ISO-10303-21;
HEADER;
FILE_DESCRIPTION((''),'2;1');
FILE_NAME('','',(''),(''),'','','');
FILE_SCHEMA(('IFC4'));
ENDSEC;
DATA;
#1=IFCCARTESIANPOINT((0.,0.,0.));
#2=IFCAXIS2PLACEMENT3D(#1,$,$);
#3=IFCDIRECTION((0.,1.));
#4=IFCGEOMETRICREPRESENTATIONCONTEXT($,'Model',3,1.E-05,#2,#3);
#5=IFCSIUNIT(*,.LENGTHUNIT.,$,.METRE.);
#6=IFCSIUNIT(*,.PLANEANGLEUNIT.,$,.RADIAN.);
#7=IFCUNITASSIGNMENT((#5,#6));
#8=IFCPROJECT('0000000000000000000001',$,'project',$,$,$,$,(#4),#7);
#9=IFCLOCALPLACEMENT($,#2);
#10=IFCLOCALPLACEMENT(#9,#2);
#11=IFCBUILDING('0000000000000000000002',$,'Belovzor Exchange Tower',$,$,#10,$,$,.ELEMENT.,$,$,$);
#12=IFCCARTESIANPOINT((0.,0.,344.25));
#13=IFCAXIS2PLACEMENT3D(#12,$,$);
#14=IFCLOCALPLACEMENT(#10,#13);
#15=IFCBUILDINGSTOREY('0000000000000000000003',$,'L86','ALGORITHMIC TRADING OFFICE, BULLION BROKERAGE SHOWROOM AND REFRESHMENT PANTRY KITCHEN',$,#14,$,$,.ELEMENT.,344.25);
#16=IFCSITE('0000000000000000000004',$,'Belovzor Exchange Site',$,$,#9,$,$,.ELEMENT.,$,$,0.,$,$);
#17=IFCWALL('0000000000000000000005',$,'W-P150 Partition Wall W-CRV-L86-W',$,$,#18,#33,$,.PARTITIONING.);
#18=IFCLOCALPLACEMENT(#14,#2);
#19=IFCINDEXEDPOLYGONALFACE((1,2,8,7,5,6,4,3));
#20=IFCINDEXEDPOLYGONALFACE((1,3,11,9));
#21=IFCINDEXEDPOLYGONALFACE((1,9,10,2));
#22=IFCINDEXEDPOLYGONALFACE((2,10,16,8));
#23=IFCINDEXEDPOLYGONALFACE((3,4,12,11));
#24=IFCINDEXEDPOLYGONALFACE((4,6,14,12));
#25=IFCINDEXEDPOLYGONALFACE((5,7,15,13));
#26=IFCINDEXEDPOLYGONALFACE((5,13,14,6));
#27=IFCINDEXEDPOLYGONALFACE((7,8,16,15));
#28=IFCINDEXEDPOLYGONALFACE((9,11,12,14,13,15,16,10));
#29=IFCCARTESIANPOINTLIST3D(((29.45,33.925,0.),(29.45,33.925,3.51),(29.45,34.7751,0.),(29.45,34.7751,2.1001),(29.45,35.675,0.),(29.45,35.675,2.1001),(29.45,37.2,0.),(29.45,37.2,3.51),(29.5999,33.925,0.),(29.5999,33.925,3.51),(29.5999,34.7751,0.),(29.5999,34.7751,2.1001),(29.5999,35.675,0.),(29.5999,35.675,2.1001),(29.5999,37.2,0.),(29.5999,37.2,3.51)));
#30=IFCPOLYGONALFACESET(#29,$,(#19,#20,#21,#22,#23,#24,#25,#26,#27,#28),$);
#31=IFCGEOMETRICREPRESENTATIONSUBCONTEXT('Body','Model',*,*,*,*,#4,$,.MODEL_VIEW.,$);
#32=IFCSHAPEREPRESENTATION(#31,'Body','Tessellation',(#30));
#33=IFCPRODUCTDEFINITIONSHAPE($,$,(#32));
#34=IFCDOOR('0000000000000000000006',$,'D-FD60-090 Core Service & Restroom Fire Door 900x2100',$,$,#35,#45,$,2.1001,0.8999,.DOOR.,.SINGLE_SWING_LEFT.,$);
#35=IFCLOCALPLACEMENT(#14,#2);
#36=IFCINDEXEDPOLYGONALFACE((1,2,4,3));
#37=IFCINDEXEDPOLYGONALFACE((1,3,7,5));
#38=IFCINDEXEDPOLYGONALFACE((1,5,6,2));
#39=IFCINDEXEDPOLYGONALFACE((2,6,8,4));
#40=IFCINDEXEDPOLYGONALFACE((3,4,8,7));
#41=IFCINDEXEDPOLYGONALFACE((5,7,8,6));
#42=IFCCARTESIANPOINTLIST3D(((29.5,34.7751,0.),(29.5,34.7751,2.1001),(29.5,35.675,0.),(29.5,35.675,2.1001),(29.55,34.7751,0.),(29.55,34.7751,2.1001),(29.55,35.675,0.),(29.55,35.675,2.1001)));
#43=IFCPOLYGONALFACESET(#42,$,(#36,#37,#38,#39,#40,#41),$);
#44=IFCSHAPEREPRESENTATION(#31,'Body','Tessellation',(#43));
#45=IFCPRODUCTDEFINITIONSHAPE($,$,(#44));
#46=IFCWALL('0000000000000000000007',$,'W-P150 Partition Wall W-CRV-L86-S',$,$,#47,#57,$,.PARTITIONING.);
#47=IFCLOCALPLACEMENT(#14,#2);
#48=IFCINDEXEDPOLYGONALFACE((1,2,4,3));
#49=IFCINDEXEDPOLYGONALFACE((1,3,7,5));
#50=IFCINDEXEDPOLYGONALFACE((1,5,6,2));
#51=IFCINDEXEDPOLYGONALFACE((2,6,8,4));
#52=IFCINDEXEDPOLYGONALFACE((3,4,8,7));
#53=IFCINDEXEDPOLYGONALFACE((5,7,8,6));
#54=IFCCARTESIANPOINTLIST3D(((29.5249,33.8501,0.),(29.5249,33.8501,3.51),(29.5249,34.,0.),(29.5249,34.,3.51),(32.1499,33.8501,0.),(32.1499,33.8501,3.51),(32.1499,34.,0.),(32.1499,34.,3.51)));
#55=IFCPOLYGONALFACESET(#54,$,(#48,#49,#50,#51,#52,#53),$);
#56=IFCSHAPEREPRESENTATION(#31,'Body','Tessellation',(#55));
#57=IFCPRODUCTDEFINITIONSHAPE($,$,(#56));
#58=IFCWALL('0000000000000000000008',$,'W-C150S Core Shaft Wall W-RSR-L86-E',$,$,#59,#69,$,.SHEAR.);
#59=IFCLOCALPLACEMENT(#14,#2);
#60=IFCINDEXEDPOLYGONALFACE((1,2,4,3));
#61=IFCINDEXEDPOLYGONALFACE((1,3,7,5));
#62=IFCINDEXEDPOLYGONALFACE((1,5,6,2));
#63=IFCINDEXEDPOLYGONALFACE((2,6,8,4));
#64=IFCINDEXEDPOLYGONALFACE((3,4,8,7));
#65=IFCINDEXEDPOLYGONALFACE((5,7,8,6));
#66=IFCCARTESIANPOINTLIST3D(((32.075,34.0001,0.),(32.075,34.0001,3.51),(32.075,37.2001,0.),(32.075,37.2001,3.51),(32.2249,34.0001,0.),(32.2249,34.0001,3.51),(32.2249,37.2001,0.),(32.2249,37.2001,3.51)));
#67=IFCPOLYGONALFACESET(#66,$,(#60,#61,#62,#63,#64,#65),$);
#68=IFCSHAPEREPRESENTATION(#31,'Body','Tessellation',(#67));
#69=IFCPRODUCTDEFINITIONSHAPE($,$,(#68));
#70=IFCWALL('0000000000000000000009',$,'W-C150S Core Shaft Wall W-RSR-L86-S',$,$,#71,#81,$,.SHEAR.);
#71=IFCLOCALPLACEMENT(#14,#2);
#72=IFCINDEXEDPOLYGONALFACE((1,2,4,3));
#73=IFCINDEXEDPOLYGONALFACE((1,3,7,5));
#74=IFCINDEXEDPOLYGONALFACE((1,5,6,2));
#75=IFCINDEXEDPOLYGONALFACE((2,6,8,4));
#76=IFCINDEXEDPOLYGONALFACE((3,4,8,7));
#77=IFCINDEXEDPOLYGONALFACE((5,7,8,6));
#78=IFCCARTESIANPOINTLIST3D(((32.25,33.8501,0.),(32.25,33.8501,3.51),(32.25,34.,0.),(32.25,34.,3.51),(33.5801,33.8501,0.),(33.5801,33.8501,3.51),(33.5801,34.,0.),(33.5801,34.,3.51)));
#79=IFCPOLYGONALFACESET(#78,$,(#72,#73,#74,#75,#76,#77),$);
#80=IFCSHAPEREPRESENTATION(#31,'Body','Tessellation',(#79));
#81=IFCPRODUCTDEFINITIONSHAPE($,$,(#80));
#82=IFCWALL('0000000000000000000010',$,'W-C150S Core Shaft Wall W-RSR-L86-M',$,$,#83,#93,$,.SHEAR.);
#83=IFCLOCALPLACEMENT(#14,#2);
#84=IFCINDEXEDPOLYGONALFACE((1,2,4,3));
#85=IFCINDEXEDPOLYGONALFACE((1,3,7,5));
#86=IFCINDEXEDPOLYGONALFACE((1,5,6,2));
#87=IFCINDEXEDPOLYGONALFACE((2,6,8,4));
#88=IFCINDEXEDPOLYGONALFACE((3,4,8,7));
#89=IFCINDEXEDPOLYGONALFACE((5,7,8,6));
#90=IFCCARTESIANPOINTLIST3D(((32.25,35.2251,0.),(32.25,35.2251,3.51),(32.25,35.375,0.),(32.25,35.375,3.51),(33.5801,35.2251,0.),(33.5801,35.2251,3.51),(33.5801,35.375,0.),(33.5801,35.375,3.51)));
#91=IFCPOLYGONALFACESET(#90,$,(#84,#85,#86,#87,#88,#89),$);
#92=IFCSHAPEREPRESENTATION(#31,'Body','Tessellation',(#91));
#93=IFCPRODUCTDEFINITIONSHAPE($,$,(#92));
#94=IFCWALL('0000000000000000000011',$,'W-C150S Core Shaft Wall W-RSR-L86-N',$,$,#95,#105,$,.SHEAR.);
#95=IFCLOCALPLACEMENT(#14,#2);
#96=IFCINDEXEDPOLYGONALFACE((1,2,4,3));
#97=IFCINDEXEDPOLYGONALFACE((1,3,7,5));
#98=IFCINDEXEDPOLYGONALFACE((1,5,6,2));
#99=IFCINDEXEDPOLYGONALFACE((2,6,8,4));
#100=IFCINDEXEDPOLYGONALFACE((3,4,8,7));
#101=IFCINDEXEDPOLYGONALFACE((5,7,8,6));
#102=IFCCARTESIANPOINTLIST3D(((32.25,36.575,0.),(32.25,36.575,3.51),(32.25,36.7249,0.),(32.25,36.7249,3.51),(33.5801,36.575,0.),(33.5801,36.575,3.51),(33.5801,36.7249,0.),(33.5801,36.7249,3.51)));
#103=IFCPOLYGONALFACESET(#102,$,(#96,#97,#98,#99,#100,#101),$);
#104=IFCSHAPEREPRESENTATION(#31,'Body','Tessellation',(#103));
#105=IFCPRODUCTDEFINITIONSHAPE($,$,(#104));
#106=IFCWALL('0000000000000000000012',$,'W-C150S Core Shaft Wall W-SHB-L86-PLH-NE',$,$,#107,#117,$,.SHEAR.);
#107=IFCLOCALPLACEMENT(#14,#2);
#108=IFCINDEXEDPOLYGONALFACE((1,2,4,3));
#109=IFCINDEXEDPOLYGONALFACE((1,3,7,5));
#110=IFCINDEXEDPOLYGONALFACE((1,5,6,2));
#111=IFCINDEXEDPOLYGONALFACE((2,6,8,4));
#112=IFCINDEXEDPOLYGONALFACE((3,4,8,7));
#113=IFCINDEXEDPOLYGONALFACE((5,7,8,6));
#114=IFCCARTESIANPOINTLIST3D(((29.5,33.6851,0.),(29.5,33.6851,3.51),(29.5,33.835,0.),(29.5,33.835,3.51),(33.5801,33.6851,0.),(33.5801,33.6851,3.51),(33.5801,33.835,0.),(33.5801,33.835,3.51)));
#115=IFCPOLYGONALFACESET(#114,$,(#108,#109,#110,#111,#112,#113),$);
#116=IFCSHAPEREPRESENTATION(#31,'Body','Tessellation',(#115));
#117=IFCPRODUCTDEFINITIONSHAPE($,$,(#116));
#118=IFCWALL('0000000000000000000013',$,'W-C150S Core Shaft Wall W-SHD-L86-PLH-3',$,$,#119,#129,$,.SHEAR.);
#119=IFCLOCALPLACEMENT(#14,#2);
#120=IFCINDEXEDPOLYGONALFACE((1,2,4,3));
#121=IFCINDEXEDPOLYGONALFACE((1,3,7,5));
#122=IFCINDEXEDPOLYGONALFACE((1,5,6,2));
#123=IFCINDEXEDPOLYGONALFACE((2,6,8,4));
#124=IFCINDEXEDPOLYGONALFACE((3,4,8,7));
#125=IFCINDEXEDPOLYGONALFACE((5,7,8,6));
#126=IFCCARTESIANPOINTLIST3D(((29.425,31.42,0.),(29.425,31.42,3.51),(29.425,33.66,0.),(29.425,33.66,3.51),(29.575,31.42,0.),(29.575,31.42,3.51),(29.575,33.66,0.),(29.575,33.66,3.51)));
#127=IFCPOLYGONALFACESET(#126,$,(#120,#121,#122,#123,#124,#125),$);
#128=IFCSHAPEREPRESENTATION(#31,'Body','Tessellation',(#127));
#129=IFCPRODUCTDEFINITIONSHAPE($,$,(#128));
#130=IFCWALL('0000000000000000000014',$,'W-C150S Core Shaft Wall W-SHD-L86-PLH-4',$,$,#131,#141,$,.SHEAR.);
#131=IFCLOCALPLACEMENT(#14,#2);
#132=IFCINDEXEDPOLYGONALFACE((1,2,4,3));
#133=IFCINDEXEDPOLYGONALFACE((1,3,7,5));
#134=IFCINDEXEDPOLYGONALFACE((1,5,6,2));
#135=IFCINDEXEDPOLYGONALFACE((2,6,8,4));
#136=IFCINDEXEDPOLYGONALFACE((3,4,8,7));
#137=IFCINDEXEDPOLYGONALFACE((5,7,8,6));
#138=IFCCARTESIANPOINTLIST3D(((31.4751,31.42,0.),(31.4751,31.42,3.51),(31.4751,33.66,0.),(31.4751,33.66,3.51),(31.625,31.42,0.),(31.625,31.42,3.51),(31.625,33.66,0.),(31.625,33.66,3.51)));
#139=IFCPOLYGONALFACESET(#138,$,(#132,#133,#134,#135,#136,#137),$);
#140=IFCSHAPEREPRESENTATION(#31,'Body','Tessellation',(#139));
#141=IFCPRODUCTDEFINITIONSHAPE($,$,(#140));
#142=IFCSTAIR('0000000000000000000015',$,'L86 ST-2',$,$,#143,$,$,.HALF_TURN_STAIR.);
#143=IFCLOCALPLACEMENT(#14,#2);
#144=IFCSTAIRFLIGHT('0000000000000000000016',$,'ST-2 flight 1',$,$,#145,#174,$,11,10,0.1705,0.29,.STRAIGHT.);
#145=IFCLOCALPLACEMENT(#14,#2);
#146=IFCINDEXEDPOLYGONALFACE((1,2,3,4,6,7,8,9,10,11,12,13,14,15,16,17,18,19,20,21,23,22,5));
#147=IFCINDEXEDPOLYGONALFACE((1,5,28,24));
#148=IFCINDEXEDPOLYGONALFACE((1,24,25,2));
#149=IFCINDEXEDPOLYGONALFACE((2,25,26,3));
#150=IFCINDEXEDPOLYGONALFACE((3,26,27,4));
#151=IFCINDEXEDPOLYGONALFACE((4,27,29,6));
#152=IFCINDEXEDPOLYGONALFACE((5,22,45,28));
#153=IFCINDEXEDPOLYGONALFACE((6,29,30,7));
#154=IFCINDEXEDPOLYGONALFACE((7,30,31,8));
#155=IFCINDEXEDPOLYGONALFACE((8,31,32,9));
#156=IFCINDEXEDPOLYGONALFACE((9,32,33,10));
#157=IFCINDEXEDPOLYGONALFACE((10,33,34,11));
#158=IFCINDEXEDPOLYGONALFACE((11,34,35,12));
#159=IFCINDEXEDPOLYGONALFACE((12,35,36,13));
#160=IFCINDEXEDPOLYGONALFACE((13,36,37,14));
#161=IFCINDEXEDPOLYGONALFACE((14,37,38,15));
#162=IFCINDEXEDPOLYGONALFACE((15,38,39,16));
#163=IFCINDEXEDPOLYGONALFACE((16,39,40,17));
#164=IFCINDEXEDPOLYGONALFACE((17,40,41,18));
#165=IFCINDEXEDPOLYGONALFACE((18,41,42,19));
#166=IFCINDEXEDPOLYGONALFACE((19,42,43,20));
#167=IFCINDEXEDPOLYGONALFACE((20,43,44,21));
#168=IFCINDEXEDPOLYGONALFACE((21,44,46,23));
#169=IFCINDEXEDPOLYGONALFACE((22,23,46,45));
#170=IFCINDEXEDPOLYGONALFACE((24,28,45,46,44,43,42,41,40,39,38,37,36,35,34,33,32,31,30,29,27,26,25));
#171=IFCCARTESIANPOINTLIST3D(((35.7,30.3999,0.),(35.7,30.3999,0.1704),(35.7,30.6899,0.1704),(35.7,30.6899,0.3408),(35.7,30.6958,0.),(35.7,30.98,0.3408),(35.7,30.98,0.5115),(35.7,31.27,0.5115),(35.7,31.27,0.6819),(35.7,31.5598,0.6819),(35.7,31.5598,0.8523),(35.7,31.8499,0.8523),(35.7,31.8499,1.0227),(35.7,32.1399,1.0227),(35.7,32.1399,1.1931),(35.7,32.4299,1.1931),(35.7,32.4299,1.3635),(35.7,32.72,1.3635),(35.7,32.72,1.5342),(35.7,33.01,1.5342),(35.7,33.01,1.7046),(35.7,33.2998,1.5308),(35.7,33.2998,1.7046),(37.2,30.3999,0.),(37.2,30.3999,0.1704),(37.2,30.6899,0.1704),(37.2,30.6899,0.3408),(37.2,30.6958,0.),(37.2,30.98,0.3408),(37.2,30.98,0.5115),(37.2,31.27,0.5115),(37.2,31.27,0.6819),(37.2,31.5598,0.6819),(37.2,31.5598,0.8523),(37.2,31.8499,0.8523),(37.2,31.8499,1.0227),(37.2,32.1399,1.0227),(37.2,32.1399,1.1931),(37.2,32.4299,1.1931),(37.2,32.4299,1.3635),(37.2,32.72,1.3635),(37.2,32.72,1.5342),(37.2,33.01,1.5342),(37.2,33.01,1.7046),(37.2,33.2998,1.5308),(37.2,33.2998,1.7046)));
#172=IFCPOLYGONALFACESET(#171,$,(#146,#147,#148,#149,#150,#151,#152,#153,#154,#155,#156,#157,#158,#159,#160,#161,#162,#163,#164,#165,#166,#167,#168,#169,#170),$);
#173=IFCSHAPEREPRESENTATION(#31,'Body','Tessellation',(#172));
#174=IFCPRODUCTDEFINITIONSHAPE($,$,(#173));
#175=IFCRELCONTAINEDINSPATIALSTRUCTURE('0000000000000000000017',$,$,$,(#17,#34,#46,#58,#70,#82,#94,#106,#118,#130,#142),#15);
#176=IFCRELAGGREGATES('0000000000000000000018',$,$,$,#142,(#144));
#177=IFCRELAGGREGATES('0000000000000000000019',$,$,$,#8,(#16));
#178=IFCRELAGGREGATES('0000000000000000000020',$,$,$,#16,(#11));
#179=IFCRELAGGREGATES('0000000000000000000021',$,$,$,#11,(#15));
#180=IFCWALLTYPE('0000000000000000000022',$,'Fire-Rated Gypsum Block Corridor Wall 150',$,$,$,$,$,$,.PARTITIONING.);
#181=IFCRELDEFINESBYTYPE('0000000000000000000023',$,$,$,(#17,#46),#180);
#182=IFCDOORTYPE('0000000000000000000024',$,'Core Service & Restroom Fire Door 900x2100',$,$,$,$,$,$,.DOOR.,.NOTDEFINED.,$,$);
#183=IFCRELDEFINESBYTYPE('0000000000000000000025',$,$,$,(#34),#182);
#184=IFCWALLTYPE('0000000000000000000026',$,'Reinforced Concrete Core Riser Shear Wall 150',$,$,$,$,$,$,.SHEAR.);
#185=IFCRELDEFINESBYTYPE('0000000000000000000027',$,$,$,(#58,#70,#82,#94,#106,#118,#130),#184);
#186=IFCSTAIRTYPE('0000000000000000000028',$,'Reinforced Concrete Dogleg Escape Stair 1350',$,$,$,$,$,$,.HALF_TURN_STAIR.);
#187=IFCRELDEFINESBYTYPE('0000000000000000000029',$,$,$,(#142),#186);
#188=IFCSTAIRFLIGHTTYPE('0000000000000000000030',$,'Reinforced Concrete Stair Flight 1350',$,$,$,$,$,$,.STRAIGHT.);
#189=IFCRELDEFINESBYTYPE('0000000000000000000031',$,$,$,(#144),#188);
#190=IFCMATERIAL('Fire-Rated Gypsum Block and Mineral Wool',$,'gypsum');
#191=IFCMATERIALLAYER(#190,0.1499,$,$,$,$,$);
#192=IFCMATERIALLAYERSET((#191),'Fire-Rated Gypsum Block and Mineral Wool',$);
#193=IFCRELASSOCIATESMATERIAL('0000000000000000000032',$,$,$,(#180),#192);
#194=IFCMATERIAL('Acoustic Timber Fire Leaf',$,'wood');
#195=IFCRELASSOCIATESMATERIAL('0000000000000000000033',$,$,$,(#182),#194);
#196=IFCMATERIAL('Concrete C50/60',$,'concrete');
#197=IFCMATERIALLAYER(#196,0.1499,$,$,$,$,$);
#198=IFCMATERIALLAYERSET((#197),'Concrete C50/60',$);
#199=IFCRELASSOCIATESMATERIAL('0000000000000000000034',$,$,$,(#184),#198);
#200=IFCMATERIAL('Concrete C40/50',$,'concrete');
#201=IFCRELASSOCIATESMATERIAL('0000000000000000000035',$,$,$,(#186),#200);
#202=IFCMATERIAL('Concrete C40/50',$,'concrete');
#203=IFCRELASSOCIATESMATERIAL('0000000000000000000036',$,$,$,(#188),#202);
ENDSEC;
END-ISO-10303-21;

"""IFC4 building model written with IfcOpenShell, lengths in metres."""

from ifc_helpers import new_model, si_unit, direction, frame, frame_2d, origin, place, context, subcontext, project, spatial, polyline, rectangle, outline, extrude, material, layer, layer_set, type_object, element, fill, aggregate, save


model = new_model("IFC4")

# Units and contexts
model_context = context("Model", 3, precision=1e-05, world=origin(), true_north=direction((0.0, 1.0)))
body_context = subcontext(model_context, "Body", "Model", "MODEL_VIEW")
ifc_project = project(units=[si_unit("LENGTHUNIT", "METRE"), si_unit("PLANEANGLEUNIT", "RADIAN")], contexts=[model_context])

# Site, building, storey
site_placement = place(None, origin())
site = spatial("IfcSite", under=ifc_project, at=site_placement, Name="Belovzor Exchange Site", CompositionType="ELEMENT", RefElevation=0.0)
building_placement = place(site_placement, origin())
building = spatial("IfcBuilding", under=site, at=building_placement, Name="Belovzor Exchange Tower", CompositionType="ELEMENT")
storey_placement = place(building_placement, frame((0.0, 0.0, 344.25)))
storey = spatial("IfcBuildingStorey", under=building, at=storey_placement, Name="L86", Description="ALGORITHMIC TRADING OFFICE, BULLION BROKERAGE SHOWROOM AND REFRESHMENT PANTRY KITCHEN", CompositionType="ELEMENT", Elevation=344.25)

# Wall, opening, door
ifc_material_1 = material(Name="Fire-Rated Gypsum Block and Mineral Wool", Category="gypsum")
ifc_layer_1 = layer(ifc_material_1, 0.1499)
ifc_layer_set_1 = layer_set([ifc_layer_1], Name="Fire-Rated Gypsum Block and Mineral Wool")
wall_type_1 = type_object("IfcWallType", Name="Fire-Rated Gypsum Block Corridor Wall 150", PredefinedType="PARTITIONING", material=ifc_layer_set_1)
wall_1_placement = place(storey_placement, frame((29.5249, 33.925, 0.0), z_axis=(0.0, 0.0, 1.0), x_axis=(0.0, 1.0, 0.0)))
wall_1 = element("IfcWall", 1, at=wall_1_placement, inside=storey, type_object=wall_type_1, Name="W-P150 Partition Wall W-CRV-L86-W", PredefinedType="PARTITIONING", context=body_context, shape_type="SweptSolid", body=[
    extrude(rectangle(XDim=3.2749, YDim=0.1499, at=frame_2d((1.6375, 0.0))), origin(), (0.0, 0.0, 1.0), 3.51),
])
opening_1_placement = place(wall_1_placement, frame((0.8501, 0.0, 0.0)))
opening_1 = element("IfcOpeningElement", 2, at=opening_1_placement, cuts=wall_1, PredefinedType="OPENING", context=body_context, shape_type="SweptSolid", body=[
    extrude(rectangle(XDim=0.8999, YDim=2.1001, at=frame_2d((0.45, 1.05))), frame((0.0, 0.085, 0.0), z_axis=(0.0, -1.0, 0.0), x_axis=(1.0, 0.0, 0.0)), (0.0, 0.0, 1.0), 0.1699),
])
ifc_material_2 = material(Name="Acoustic Timber Fire Leaf", Category="wood")
door_type_1 = type_object("IfcDoorType", Name="Core Service & Restroom Fire Door 900x2100", OperationType="NOTDEFINED", PredefinedType="DOOR", material=ifc_material_2)
door_1_placement = place(opening_1_placement, origin())
door_1 = element("IfcDoor", 3, at=door_1_placement, inside=storey, type_object=door_type_1, Name="D-FD60-090 Core Service & Restroom Fire Door 900x2100", OperationType="SINGLE_SWING_LEFT", OverallHeight=2.1001, OverallWidth=0.8999, PredefinedType="DOOR", context=body_context, shape_type="SweptSolid", body=[
    extrude(rectangle(XDim=0.8999, YDim=2.1001, at=frame_2d((0.45, 1.05))), frame((0.0, 0.0249, 0.0), z_axis=(0.0, -1.0, 0.0), x_axis=(1.0, 0.0, 0.0)), (0.0, 0.0, 1.0), 0.05),
])
fill(opening_1, door_1)

# Walls
wall_2_placement = place(storey_placement, frame((29.5249, 33.925, 0.0), z_axis=(0.0, 0.0, 1.0), x_axis=(1.0, 0.0, 0.0)))
element("IfcWall", 4, at=wall_2_placement, inside=storey, type_object=wall_type_1, Name="W-P150 Partition Wall W-CRV-L86-S", PredefinedType="PARTITIONING", context=body_context, shape_type="SweptSolid", body=[
    extrude(rectangle(XDim=2.625, YDim=0.1499, at=frame_2d((1.3125, 0.0))), origin(), (0.0, 0.0, 1.0), 3.51),
])
ifc_material_3 = material(Name="Concrete C50/60", Category="concrete")
ifc_layer_2 = layer(ifc_material_3, 0.1499)
ifc_layer_set_2 = layer_set([ifc_layer_2], Name="Concrete C50/60")
wall_type_2 = type_object("IfcWallType", Name="Reinforced Concrete Core Riser Shear Wall 150", PredefinedType="SHEAR", material=ifc_layer_set_2)
wall_3_placement = place(storey_placement, frame((32.1499, 34.0, 0.0), z_axis=(0.0, 0.0, 1.0), x_axis=(0.0, 1.0, 0.0)))
element("IfcWall", 5, at=wall_3_placement, inside=storey, type_object=wall_type_2, Name="W-C150S Core Shaft Wall W-RSR-L86-E", PredefinedType="SHEAR", context=body_context, shape_type="SweptSolid", body=[
    extrude(rectangle(XDim=3.2, YDim=0.1499, at=frame_2d((1.6001, 0.0))), origin(), (0.0, 0.0, 1.0), 3.51),
])
for number, where, z_axis, x_axis, name in (
    (6, (32.25, 33.925, 0.0), (0.0, 0.0, 1.0), (1.0, 0.0, 0.0), "W-C150S Core Shaft Wall W-RSR-L86-S"),
    (7, (32.25, 35.3, 0.0), (0.0, 0.0, 1.0), (1.0, 0.0, 0.0), "W-C150S Core Shaft Wall W-RSR-L86-M"),
    (8, (32.25, 36.6499, 0.0), (0.0, 0.0, 1.0), (1.0, 0.0, 0.0), "W-C150S Core Shaft Wall W-RSR-L86-N"),
):
    element("IfcWall", number, at=place(storey_placement, frame(where, z_axis=z_axis, x_axis=x_axis)), inside=storey, type_object=wall_type_2, Name=name, PredefinedType="SHEAR", context=body_context, shape_type="SweptSolid", body=[
        extrude(rectangle(XDim=1.3301, YDim=0.1499, at=frame_2d((0.665, 0.0))), origin(), (0.0, 0.0, 1.0), 3.51),
    ])
wall_4_placement = place(storey_placement, frame((29.5, 33.76, 0.0), z_axis=(0.0, 0.0, 1.0), x_axis=(1.0, 0.0, 0.0)))
element("IfcWall", 9, at=wall_4_placement, inside=storey, type_object=wall_type_2, Name="W-C150S Core Shaft Wall W-SHB-L86-PLH-NE", PredefinedType="SHEAR", context=body_context, shape_type="SweptSolid", body=[
    extrude(rectangle(XDim=4.0801, YDim=0.1499, at=frame_2d((2.04, 0.0))), origin(), (0.0, 0.0, 1.0), 3.51),
])
for number, where, z_axis, x_axis, name in (
    (10, (29.5, 31.4199, 0.0), (0.0, 0.0, 1.0), (0.0, 1.0, 0.0), "W-C150S Core Shaft Wall W-SHD-L86-PLH-3"),
    (11, (31.55, 31.4199, 0.0), (0.0, 0.0, 1.0), (0.0, 1.0, 0.0), "W-C150S Core Shaft Wall W-SHD-L86-PLH-4"),
):
    element("IfcWall", number, at=place(storey_placement, frame(where, z_axis=z_axis, x_axis=x_axis)), inside=storey, type_object=wall_type_2, Name=name, PredefinedType="SHEAR", context=body_context, shape_type="SweptSolid", body=[
        extrude(rectangle(XDim=2.24, YDim=0.1499, at=frame_2d((1.1201, 0.0))), origin(), (0.0, 0.0, 1.0), 3.51),
    ])

# Stair, stair flight
ifc_material_4 = material(Name="Concrete C40/50", Category="concrete")
stair_type = type_object("IfcStairType", Name="Reinforced Concrete Dogleg Escape Stair 1350", PredefinedType="HALF_TURN_STAIR", material=ifc_material_4)
stair_placement = place(storey_placement, origin())
stair = element("IfcStair", 12, at=stair_placement, inside=storey, type_object=stair_type, Name="L86 ST-2", PredefinedType="HALF_TURN_STAIR")
ifc_material_5 = material(Name="Concrete C40/50", Category="concrete")
stair_flight_type = type_object("IfcStairFlightType", Name="Reinforced Concrete Stair Flight 1350", PredefinedType="STRAIGHT", material=ifc_material_5)
stair_flight_1_placement = place(storey_placement, frame((36.45, 30.3999, 0.0), z_axis=(0.0, 0.0, 1.0), x_axis=(0.0, 1.0, 0.0)))
stair_flight_1 = element("IfcStairFlight", 13, at=stair_flight_1_placement, type_object=stair_flight_type, Name="ST-2 flight 1", NumberOfRisers=11, NumberOfTreads=10, PredefinedType="STRAIGHT", RiserHeight=0.1705, TreadLength=0.29, context=body_context, shape_type="SweptSolid", body=[
    extrude(outline(polyline([(0.0, 0.0), (0.0, 0.1704), (0.29, 0.1704), (0.29, 0.3408), (0.5801, 0.3408), (0.5801, 0.5115), (0.8701, 0.5115), (0.8701, 0.6819), (1.1599, 0.6819), (1.1599, 0.8523), (1.45, 0.8523), (1.45, 1.0227), (1.74, 1.0227), (1.74, 1.1931), (2.03, 1.1931), (2.03, 1.3635), (2.3201, 1.3635), (2.3201, 1.5342), (2.6101, 1.5342), (2.6101, 1.7046), (2.8999, 1.7046), (2.8999, 1.875), (2.8999, 1.5308), (0.2959, 0.0), (0.0, 0.0)])), frame((0.0, 0.75, 0.0), z_axis=(0.0, -1.0, 0.0), x_axis=(1.0, 0.0, 0.0)), (0.0, 0.0, 1.0), 1.5),
])
aggregate(stair, [stair_flight_1])

save(model, "model.ifc")
